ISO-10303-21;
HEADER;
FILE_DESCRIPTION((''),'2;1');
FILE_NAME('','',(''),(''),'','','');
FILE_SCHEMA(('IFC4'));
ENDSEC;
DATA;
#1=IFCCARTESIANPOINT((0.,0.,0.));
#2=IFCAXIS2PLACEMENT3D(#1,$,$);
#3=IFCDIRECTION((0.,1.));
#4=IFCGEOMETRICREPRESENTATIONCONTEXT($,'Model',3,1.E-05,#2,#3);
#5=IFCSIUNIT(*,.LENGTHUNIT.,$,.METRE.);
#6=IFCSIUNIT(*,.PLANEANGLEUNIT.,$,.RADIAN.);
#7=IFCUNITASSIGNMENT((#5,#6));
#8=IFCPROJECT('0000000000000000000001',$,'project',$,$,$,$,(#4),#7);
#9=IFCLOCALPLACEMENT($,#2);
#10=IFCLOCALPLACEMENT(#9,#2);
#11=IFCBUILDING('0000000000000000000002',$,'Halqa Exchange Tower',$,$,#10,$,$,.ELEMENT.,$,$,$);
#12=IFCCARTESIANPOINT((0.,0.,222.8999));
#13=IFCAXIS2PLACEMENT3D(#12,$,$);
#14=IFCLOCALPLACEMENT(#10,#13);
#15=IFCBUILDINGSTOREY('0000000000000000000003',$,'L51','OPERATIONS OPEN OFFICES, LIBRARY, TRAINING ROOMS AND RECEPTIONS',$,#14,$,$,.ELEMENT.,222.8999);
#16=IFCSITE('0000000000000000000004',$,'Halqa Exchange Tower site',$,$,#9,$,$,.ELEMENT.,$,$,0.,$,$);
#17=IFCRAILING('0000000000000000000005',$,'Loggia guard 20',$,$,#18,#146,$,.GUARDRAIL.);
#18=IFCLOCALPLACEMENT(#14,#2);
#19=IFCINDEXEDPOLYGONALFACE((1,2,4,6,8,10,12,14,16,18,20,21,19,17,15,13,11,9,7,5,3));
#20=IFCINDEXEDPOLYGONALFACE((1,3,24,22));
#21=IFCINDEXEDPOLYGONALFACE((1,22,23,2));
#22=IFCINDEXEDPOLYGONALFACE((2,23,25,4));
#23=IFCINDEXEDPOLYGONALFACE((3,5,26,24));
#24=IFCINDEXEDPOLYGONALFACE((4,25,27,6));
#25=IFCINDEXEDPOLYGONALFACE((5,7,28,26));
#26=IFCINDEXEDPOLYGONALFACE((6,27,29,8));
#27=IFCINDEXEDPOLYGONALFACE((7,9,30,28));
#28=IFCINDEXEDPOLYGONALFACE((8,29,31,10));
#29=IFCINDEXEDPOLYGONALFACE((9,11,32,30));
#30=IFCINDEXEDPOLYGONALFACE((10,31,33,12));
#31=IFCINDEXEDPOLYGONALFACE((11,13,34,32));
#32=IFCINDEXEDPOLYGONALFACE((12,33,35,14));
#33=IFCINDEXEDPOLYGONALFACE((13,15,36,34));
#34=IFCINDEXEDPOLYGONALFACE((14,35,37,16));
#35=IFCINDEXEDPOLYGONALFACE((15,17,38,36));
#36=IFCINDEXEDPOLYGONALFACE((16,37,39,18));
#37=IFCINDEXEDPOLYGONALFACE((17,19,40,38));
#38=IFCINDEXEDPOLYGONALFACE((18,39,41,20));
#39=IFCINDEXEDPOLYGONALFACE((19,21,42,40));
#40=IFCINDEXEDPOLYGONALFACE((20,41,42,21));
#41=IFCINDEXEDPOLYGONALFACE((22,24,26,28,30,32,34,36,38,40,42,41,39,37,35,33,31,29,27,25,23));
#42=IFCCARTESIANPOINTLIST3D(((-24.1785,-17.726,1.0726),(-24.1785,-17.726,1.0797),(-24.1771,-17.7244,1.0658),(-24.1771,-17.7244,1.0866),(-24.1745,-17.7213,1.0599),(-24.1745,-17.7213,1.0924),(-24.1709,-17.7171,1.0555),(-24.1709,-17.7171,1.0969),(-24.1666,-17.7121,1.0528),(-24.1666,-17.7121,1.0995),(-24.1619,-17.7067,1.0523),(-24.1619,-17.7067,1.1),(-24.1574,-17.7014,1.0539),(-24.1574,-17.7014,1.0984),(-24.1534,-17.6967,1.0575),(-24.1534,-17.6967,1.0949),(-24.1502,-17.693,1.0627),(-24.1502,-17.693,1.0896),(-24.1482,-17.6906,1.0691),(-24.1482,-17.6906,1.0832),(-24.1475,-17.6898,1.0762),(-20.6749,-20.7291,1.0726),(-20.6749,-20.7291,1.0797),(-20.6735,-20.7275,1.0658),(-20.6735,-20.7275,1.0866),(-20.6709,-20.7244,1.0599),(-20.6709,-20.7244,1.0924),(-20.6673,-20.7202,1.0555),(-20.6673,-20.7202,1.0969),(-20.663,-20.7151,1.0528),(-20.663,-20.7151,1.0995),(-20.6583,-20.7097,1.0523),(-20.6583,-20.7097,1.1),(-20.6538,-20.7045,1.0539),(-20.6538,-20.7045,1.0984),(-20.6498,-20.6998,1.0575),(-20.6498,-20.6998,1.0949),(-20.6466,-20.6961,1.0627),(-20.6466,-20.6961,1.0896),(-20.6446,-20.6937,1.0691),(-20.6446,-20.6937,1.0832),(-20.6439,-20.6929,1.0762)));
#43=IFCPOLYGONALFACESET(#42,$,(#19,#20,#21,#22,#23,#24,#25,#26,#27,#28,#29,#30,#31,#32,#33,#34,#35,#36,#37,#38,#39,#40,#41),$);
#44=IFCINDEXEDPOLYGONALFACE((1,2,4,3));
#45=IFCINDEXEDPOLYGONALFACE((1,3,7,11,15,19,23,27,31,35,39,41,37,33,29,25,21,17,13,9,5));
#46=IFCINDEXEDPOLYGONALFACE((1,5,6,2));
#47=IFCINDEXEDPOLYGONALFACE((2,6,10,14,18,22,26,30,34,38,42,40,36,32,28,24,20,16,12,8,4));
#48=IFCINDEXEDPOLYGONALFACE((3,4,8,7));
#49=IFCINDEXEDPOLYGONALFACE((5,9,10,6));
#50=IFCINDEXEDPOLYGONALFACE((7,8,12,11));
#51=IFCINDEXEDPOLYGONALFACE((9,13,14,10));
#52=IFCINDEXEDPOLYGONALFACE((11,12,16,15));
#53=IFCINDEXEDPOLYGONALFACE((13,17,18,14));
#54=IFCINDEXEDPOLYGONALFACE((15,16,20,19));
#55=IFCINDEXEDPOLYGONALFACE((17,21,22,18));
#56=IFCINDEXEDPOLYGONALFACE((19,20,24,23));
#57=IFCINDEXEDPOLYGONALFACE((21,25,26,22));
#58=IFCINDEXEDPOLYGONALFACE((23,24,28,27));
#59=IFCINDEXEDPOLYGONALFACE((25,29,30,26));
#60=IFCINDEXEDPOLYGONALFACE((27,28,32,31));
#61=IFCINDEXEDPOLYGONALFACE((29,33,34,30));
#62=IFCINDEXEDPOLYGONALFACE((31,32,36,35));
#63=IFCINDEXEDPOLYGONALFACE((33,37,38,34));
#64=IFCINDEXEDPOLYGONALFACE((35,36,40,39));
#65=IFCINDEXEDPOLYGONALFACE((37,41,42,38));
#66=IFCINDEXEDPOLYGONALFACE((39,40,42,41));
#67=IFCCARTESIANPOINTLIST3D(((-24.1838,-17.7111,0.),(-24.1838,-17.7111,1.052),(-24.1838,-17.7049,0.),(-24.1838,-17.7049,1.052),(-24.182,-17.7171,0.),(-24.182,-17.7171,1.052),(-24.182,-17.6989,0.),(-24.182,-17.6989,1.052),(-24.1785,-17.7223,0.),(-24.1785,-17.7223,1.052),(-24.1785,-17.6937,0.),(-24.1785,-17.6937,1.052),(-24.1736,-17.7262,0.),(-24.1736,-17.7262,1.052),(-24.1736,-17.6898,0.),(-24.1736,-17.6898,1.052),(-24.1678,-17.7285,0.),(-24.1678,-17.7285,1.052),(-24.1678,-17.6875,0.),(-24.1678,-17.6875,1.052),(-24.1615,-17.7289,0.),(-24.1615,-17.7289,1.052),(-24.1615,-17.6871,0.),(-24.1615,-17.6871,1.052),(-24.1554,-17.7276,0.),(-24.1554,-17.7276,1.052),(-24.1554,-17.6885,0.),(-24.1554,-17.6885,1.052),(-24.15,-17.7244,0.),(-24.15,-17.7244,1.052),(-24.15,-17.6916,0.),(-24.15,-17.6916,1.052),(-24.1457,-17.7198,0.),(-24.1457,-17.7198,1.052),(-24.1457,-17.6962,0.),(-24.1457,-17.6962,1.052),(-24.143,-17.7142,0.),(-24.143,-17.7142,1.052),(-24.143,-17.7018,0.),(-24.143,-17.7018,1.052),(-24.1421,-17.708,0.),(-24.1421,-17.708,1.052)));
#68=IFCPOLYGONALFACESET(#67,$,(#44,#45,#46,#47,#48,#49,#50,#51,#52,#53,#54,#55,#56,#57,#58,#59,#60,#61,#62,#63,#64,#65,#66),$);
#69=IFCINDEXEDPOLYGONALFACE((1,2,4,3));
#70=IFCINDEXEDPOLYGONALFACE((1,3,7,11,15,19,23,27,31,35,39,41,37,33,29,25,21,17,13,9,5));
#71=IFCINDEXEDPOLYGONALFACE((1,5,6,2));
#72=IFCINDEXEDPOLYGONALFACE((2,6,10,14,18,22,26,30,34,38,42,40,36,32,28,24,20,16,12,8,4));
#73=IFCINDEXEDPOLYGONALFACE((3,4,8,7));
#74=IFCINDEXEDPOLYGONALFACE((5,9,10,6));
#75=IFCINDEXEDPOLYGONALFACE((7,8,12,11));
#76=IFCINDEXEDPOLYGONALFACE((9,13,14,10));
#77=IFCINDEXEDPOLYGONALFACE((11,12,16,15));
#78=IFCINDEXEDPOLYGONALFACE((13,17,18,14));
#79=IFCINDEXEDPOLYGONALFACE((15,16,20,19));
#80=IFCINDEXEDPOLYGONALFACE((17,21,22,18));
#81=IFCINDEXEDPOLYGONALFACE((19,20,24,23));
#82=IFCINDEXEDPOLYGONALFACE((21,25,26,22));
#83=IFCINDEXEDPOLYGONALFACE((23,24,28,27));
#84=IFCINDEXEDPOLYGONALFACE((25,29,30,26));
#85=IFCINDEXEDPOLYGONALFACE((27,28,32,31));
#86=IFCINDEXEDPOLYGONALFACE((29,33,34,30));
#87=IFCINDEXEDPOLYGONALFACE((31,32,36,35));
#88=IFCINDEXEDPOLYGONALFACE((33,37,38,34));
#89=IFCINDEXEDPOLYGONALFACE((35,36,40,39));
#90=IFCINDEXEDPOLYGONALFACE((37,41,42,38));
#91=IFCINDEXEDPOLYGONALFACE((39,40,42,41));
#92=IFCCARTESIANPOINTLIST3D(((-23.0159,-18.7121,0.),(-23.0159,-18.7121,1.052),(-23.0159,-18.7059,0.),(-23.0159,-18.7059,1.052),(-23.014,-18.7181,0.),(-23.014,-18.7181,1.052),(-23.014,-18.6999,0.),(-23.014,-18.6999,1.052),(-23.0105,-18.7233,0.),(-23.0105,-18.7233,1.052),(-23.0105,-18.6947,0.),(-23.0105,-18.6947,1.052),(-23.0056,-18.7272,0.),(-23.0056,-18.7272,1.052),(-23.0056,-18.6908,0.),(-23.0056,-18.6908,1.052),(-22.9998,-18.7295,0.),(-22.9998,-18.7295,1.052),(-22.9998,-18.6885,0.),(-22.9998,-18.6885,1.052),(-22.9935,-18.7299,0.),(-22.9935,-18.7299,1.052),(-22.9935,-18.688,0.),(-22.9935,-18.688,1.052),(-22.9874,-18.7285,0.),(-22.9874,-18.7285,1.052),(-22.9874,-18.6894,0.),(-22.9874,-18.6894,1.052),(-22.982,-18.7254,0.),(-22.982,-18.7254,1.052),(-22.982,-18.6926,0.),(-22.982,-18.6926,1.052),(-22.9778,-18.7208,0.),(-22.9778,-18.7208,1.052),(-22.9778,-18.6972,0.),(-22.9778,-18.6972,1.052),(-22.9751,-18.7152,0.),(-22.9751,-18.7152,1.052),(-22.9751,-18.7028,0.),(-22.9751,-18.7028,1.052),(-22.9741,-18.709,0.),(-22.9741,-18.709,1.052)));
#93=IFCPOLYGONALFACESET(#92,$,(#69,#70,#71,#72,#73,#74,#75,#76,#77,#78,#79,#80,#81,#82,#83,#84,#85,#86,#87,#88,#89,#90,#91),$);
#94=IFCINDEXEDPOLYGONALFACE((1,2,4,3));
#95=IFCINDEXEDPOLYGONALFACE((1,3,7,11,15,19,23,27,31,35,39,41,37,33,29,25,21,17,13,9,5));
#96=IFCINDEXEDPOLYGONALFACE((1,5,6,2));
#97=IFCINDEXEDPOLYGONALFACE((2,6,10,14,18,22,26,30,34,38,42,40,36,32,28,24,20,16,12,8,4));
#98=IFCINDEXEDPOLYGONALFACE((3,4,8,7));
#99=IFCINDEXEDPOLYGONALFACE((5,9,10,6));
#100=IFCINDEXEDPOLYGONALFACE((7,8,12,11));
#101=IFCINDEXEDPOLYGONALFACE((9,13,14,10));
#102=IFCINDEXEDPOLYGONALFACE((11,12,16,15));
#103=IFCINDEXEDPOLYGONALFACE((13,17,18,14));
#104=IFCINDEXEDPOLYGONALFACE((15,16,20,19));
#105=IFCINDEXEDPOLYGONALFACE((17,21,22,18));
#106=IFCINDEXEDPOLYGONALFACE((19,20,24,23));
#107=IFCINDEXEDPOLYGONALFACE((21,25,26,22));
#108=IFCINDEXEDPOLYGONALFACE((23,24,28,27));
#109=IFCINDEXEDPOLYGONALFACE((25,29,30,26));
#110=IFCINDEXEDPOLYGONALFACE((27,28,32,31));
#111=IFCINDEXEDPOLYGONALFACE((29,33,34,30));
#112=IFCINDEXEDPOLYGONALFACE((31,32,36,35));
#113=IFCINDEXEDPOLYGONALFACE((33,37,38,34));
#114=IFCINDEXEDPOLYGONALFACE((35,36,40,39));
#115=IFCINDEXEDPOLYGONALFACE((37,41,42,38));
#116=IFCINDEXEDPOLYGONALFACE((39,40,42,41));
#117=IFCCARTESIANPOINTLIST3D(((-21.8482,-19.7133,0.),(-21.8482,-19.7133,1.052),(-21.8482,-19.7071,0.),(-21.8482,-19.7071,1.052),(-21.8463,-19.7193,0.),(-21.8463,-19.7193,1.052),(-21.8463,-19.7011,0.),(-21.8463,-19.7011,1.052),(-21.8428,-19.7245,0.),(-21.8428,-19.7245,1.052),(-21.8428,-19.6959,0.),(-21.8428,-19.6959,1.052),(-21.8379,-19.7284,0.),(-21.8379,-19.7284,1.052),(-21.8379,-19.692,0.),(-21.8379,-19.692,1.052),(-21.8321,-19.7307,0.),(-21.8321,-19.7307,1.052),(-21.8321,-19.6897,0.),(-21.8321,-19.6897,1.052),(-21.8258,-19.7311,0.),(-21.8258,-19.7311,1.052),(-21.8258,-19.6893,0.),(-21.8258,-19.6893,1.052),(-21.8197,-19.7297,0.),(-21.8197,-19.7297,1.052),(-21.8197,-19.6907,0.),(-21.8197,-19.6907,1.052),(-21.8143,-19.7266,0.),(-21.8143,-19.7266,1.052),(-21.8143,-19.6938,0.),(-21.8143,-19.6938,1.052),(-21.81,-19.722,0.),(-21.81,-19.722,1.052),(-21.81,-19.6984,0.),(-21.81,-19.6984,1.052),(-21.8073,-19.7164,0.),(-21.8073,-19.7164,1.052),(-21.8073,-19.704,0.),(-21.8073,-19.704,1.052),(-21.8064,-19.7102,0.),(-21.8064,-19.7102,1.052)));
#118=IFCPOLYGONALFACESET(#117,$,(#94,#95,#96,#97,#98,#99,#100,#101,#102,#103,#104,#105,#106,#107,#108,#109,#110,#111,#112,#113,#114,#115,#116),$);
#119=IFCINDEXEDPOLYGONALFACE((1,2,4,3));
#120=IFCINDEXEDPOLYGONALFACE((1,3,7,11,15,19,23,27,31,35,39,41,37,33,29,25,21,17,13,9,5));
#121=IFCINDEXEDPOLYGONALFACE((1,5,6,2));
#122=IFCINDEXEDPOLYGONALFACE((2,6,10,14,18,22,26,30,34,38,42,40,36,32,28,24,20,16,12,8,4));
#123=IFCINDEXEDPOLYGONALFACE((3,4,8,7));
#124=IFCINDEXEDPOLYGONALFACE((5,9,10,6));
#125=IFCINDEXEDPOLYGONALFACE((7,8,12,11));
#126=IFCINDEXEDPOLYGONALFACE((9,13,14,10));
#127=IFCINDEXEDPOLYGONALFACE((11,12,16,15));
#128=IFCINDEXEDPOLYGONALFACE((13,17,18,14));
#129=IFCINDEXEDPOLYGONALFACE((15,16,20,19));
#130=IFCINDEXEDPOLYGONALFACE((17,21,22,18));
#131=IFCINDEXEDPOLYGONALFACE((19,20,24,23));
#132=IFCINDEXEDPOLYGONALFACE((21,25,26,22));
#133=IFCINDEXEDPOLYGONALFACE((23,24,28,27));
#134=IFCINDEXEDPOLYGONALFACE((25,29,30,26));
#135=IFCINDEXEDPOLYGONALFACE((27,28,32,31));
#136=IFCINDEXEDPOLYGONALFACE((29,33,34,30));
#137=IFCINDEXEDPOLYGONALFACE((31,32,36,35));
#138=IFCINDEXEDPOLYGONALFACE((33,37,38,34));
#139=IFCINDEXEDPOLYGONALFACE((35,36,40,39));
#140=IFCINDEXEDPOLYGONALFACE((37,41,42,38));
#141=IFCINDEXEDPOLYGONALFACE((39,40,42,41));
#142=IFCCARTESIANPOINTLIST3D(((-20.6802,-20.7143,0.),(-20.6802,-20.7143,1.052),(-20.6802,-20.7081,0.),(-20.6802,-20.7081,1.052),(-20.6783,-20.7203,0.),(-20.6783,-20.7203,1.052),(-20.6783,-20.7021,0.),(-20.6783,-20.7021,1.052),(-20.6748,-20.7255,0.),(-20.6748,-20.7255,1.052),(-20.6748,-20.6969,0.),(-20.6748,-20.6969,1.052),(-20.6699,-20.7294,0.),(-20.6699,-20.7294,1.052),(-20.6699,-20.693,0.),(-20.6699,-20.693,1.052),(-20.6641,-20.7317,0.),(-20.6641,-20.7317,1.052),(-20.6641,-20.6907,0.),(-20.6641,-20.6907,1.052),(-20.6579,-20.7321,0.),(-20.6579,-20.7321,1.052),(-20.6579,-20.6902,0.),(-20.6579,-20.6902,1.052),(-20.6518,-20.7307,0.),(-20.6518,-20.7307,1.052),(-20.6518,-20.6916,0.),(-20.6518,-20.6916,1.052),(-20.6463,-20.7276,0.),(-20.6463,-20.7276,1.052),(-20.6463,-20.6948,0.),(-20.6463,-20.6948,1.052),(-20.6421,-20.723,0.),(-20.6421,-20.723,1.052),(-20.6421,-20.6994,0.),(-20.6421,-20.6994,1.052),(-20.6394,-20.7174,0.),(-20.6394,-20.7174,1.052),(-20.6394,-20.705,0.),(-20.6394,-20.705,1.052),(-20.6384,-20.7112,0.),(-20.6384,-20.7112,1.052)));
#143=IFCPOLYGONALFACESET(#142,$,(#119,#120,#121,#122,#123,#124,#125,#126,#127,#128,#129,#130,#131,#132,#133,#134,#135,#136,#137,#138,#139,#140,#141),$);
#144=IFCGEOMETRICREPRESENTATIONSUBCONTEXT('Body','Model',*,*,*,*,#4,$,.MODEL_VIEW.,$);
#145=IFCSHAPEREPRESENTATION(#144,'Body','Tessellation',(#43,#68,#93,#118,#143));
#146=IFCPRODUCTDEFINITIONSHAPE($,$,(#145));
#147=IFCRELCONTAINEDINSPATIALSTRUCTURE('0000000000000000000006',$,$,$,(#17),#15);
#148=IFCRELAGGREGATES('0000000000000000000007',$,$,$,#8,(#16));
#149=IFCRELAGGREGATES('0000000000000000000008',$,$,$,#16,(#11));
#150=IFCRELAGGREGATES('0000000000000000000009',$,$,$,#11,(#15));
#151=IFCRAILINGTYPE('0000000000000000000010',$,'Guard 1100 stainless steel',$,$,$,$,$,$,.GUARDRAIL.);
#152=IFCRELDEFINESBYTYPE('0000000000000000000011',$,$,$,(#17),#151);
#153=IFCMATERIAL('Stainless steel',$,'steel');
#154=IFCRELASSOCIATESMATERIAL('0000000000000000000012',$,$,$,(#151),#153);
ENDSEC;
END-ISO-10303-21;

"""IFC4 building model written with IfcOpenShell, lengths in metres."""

from ifc_helpers import new_model, si_unit, direction, frame, origin, origin_2d, place, context, subcontext, project, spatial, circle, extrude, material, type_object, element, save


model = new_model("IFC4")

# Units and contexts
model_context = context("Model", 3, precision=1e-05, world=origin(), true_north=direction((0.0, 1.0)))
body_context = subcontext(model_context, "Body", "Model", "MODEL_VIEW")
ifc_project = project(units=[si_unit("LENGTHUNIT", "METRE"), si_unit("PLANEANGLEUNIT", "RADIAN")], contexts=[model_context])

# Site, building, storey
site_placement = place(None, origin())
site = spatial("IfcSite", under=ifc_project, at=site_placement, Name="Halqa Exchange Tower site", CompositionType="ELEMENT", RefElevation=0.0)
building_placement = place(site_placement, origin())
building = spatial("IfcBuilding", under=site, at=building_placement, Name="Halqa Exchange Tower", CompositionType="ELEMENT")
storey_placement = place(building_placement, frame((0.0, 0.0, 222.8999)))
storey = spatial("IfcBuildingStorey", under=building, at=storey_placement, Name="L51", Description="OPERATIONS OPEN OFFICES, LIBRARY, TRAINING ROOMS AND RECEPTIONS", CompositionType="ELEMENT", Elevation=222.8999)

# Railing
ifc_material_1 = material(Name="Stainless steel", Category="steel")
railing_type = type_object("IfcRailingType", Name="Guard 1100 stainless steel", PredefinedType="GUARDRAIL", material=ifc_material_1)
railing_1_placement = place(storey_placement, frame((-24.1631, -17.708, 0.0)))
element("IfcRailing", 1, at=railing_1_placement, inside=storey, type_object=railing_type, Name="Loggia guard 20", PredefinedType="GUARDRAIL", context=body_context, shape_type="SweptSolid", body=[
    extrude(circle(Radius=0.0239, at=origin_2d()), frame((0.0, 0.0, 1.0762), z_axis=(0.759253, -0.650796, 0.0), x_axis=(0.650796, 0.759253, 0.0)), (0.0, 0.0, 1.0), 4.6145),
    extrude(circle(Radius=0.021, at=origin_2d()), origin(), (0.0, 0.0, 1.0), 1.052),
    extrude(circle(Radius=0.021, at=origin_2d()), frame((1.168, -1.001, 0.0)), (0.0, 0.0, 1.0), 1.052),
    extrude(circle(Radius=0.021, at=origin_2d()), frame((2.3357, -2.0022, 0.0)), (0.0, 0.0, 1.0), 1.052),
    extrude(circle(Radius=0.021, at=origin_2d()), frame((3.5037, -3.0032, 0.0)), (0.0, 0.0, 1.0), 1.052),
])

save(model, "model.ifc")
